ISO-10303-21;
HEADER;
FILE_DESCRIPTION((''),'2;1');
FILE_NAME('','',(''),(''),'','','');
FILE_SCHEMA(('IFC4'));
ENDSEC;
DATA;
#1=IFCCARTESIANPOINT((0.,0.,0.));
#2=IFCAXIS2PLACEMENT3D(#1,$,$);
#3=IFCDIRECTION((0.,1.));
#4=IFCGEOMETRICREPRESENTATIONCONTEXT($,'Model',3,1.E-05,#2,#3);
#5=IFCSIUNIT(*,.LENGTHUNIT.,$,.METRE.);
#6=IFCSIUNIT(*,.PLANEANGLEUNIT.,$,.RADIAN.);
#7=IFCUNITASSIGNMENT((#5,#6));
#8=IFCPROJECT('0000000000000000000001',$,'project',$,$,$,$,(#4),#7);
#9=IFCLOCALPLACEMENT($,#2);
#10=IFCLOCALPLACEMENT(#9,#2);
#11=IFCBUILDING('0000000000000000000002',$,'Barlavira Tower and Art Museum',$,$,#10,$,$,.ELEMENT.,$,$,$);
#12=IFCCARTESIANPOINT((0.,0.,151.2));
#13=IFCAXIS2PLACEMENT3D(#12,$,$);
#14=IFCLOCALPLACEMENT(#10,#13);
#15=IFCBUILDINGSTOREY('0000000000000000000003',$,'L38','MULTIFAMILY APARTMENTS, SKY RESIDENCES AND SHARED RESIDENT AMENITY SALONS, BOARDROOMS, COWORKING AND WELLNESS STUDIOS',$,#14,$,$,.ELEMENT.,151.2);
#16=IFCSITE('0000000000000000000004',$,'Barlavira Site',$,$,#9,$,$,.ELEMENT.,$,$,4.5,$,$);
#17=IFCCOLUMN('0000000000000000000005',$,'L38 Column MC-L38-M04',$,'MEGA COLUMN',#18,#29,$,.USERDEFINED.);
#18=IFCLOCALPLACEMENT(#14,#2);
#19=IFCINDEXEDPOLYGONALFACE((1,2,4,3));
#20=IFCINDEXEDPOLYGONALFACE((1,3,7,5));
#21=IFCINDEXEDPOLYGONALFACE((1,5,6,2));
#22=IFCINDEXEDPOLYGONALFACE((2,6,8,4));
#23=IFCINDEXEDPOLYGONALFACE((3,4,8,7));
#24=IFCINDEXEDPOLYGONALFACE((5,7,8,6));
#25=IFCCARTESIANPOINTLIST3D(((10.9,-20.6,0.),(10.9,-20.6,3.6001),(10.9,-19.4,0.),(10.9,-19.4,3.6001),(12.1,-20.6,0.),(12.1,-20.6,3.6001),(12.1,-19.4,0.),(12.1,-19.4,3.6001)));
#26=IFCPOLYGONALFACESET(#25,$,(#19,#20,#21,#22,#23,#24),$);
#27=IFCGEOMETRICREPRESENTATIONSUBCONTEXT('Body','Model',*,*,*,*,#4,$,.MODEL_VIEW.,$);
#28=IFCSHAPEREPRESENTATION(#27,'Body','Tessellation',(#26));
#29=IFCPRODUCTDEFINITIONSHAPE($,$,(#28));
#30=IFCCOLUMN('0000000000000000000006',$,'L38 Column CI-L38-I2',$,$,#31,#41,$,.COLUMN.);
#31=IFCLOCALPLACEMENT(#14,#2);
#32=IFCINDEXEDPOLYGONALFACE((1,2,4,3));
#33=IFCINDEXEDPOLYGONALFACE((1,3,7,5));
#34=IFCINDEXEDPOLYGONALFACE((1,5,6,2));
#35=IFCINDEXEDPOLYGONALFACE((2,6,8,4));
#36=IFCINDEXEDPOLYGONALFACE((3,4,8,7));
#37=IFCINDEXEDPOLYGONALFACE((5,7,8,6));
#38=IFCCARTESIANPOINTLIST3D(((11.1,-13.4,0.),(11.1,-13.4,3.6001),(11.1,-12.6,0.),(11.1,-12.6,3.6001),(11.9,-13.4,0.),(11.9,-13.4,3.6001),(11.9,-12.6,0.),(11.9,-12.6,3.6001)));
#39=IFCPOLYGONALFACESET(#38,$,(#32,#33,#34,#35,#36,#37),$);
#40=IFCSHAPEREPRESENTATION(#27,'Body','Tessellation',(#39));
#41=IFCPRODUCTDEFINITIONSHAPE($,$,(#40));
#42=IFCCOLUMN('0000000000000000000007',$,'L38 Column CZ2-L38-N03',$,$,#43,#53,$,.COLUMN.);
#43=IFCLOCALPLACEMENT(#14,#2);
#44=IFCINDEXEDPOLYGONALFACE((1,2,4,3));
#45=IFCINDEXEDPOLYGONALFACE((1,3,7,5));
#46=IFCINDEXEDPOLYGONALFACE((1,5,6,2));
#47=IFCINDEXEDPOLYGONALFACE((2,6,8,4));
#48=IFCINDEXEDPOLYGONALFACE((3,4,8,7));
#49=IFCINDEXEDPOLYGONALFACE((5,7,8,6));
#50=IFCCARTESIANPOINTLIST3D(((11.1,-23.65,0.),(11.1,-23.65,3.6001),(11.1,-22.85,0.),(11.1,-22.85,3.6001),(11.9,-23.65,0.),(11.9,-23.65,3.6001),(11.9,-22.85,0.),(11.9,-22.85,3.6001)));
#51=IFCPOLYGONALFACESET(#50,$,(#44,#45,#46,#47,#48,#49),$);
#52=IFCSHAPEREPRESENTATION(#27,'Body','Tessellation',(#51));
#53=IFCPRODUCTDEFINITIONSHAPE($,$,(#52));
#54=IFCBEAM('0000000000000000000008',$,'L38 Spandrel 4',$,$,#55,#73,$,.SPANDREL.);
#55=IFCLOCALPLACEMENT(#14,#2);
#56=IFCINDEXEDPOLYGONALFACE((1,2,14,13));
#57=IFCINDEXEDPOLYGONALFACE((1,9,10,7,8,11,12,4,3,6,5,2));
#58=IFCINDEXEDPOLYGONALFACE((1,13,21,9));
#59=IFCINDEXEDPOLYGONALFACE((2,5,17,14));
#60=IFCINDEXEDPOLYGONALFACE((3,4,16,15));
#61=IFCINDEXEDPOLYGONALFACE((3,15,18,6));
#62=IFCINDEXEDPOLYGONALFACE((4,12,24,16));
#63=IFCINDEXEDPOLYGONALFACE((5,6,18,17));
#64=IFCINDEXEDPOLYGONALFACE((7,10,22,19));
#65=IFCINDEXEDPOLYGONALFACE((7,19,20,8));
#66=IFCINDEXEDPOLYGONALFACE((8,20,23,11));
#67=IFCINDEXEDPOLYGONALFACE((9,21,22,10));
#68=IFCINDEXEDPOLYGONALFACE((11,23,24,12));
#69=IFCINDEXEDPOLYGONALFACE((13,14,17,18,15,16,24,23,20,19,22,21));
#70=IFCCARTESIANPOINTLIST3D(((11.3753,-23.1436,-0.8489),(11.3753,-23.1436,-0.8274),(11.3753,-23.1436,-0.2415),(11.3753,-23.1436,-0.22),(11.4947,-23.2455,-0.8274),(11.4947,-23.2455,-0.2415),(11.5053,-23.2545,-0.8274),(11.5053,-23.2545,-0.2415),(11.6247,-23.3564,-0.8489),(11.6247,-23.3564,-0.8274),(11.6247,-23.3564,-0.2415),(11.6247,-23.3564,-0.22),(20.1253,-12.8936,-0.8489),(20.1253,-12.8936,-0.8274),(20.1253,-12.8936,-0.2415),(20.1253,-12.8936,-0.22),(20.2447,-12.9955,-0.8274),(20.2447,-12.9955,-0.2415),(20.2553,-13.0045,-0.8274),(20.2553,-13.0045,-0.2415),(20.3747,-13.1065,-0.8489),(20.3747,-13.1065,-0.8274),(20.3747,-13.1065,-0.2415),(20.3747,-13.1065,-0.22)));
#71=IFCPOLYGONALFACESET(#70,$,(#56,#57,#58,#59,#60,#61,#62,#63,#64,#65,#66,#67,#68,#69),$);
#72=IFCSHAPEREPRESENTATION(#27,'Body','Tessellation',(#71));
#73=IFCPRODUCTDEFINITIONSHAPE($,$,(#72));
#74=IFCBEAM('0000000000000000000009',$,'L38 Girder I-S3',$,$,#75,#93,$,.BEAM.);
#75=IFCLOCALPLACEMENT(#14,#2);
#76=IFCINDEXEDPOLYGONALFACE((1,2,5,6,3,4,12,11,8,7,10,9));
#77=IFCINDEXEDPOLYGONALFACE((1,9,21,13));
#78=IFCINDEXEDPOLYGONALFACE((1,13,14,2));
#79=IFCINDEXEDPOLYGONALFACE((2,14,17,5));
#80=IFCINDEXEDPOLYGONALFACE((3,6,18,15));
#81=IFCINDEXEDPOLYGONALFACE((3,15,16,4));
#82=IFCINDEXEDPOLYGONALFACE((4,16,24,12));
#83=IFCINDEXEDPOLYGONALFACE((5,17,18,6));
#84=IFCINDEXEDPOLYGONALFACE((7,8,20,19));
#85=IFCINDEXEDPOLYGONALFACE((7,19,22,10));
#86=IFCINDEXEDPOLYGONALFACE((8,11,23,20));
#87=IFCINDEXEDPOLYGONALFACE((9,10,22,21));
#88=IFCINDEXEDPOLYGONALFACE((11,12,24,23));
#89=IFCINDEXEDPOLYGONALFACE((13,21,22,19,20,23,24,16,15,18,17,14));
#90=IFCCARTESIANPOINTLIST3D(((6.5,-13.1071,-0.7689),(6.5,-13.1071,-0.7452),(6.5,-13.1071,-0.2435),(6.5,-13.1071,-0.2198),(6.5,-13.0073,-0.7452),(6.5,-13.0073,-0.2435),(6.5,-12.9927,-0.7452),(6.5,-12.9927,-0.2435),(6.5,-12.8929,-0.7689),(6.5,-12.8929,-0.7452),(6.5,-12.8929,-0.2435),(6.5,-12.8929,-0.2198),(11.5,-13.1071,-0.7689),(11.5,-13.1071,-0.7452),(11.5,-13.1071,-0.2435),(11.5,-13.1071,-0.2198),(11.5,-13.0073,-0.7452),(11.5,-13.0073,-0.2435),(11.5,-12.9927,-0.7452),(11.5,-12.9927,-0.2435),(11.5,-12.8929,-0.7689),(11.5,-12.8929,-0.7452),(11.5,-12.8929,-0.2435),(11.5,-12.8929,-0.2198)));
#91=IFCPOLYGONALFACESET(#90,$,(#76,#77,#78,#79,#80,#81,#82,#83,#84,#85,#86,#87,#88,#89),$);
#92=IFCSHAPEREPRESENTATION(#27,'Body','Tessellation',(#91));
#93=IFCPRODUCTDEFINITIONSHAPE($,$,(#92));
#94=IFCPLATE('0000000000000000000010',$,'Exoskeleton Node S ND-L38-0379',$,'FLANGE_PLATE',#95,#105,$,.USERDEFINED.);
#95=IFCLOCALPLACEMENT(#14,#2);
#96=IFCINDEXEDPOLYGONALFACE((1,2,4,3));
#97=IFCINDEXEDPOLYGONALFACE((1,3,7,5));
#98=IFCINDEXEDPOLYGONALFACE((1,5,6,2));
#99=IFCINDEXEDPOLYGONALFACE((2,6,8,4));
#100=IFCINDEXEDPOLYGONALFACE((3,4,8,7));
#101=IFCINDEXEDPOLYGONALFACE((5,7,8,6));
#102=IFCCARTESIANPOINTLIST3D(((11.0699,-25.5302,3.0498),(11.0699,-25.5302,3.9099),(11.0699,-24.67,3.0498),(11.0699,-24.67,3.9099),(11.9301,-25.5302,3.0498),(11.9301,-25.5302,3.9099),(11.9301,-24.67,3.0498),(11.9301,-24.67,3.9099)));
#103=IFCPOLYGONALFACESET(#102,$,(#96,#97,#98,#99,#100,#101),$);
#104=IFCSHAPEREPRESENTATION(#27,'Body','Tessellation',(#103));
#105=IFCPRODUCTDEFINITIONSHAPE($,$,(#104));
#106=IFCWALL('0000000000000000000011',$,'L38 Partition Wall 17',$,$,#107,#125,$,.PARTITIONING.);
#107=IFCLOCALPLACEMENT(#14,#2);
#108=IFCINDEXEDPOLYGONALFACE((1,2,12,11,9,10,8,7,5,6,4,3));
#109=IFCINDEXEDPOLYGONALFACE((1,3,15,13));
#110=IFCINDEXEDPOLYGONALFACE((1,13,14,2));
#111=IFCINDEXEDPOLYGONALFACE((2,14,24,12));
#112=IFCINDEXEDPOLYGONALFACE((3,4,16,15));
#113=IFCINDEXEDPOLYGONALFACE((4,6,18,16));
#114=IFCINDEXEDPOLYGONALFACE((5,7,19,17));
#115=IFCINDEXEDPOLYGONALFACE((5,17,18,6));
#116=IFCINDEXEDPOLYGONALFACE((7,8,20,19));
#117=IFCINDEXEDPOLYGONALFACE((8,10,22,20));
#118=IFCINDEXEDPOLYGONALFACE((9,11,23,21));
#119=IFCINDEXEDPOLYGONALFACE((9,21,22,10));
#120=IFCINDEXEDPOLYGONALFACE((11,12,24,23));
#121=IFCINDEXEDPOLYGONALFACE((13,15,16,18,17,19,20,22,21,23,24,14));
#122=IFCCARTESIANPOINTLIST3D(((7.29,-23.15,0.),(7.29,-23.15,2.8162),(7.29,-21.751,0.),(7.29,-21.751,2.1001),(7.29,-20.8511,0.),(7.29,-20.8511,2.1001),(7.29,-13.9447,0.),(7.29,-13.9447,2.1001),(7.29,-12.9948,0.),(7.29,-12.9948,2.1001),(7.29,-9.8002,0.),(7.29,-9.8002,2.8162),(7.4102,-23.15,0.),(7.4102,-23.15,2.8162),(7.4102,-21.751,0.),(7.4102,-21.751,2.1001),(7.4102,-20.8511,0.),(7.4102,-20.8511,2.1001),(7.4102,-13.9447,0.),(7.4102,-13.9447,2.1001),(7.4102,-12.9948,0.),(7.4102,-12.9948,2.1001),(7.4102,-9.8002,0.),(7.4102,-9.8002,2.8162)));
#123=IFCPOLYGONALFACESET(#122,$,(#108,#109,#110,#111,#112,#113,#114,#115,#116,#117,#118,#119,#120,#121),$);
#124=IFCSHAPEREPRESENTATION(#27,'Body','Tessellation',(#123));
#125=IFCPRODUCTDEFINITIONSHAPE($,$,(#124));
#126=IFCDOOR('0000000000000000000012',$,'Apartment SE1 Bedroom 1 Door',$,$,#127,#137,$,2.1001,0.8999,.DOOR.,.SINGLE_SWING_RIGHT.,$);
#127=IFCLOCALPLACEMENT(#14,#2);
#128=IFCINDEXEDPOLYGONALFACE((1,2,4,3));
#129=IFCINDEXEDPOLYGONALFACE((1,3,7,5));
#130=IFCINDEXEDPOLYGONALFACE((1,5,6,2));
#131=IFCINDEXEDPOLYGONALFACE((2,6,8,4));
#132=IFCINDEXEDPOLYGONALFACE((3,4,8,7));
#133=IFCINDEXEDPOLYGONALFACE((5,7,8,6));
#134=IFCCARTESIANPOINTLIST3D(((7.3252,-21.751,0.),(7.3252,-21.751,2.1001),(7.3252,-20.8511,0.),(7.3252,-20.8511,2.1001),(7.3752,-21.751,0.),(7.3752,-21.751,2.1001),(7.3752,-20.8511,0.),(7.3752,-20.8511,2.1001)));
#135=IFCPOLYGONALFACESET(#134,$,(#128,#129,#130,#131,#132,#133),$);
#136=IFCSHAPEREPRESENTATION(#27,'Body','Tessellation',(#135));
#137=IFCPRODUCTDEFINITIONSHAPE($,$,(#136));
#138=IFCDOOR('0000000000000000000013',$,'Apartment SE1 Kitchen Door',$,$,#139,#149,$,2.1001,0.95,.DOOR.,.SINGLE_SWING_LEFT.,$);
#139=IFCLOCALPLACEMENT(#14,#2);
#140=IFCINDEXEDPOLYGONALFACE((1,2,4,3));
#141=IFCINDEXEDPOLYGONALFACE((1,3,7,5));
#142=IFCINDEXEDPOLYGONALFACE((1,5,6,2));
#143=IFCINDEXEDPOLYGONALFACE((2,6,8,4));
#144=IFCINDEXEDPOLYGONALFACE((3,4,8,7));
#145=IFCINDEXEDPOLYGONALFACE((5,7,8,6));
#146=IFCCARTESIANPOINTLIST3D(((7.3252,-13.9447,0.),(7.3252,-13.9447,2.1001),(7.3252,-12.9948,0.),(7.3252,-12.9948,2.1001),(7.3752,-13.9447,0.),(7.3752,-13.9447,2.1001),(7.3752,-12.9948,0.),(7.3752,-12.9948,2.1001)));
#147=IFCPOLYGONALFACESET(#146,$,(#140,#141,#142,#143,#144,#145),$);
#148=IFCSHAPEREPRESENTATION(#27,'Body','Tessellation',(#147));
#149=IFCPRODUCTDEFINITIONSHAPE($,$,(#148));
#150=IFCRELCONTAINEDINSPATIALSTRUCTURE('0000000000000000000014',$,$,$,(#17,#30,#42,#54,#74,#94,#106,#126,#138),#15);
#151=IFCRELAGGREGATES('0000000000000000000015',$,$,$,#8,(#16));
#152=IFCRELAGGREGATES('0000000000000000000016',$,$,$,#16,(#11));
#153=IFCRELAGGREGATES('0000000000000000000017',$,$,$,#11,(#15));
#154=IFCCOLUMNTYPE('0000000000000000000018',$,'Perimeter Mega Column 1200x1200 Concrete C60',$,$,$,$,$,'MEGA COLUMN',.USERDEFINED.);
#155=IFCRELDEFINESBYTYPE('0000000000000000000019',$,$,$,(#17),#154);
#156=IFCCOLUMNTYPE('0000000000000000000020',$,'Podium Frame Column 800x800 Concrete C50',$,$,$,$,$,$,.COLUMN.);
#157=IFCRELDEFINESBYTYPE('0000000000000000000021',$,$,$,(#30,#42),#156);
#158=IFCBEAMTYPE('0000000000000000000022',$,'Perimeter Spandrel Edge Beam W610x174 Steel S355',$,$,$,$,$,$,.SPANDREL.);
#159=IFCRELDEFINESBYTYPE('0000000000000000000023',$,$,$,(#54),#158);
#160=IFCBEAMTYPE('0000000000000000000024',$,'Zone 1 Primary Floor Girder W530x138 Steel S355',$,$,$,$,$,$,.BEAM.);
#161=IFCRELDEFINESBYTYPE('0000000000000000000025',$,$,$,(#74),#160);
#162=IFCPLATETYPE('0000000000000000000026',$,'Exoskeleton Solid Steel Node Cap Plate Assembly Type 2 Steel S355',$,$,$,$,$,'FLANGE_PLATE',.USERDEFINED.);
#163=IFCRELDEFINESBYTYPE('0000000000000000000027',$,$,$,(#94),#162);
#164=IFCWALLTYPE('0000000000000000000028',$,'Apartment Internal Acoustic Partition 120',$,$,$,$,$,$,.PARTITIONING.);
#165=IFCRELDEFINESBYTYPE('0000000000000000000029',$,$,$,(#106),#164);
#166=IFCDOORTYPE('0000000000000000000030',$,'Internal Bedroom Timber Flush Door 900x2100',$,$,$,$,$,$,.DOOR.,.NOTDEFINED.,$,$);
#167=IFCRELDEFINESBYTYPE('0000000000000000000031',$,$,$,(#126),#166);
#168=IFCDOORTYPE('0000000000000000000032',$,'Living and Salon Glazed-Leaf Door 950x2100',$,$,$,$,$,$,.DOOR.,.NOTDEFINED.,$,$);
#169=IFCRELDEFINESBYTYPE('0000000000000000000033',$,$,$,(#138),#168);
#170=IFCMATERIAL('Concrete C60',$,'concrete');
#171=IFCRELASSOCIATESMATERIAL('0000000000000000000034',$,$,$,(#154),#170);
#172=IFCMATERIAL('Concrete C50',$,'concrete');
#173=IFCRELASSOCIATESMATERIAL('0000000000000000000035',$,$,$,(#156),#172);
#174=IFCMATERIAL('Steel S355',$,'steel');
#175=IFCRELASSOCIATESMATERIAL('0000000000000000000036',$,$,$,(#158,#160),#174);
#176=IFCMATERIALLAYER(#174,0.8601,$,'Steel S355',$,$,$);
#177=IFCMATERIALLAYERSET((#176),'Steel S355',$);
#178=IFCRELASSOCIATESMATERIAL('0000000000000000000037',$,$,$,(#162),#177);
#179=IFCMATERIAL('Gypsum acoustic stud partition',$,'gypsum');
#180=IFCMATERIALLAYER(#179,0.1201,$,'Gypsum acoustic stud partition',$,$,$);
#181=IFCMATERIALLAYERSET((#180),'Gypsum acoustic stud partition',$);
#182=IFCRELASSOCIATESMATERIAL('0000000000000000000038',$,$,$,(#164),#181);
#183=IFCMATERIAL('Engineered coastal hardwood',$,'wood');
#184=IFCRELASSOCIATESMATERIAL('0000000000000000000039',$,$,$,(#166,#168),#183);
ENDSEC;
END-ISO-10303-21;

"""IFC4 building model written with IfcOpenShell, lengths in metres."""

from ifc_helpers import new_model, si_unit, direction, frame, frame_2d, origin, origin_2d, place, context, subcontext, project, spatial, rectangle, i_section, extrude, material, layer, layer_set, material_profile, profile_set, type_object, element, fill, save


model = new_model("IFC4")

# Units and contexts
model_context = context("Model", 3, precision=1e-05, world=origin(), true_north=direction((0.0, 1.0)))
body_context = subcontext(model_context, "Body", "Model", "MODEL_VIEW")
ifc_project = project(units=[si_unit("LENGTHUNIT", "METRE"), si_unit("PLANEANGLEUNIT", "RADIAN")], contexts=[model_context])

# Site, building, storey
site_placement = place(None, origin())
site = spatial("IfcSite", under=ifc_project, at=site_placement, Name="Barlavira Site", CompositionType="ELEMENT", RefElevation=4.5)
building_placement = place(site_placement, origin())
building = spatial("IfcBuilding", under=site, at=building_placement, Name="Barlavira Tower and Art Museum", CompositionType="ELEMENT")
storey_placement = place(building_placement, frame((0.0, 0.0, 151.2)))
storey = spatial("IfcBuildingStorey", under=building, at=storey_placement, Name="L38", Description="MULTIFAMILY APARTMENTS, SKY RESIDENCES AND SHARED RESIDENT AMENITY SALONS, BOARDROOMS, COWORKING AND WELLNESS STUDIOS", CompositionType="ELEMENT", Elevation=151.2)

# Columns
ifc_material_1 = material(Name="Concrete C60", Category="concrete")
ifc_material_profile_1 = material_profile(ifc_material_1, rectangle(XDim=1.2, YDim=1.2, at=origin_2d()), Name="RC-COL 1200x1200")
ifc_profile_set_1 = profile_set([ifc_material_profile_1], Name="Concrete C60")
column_type_1 = type_object("IfcColumnType", Name="Perimeter Mega Column 1200x1200 Concrete C60", ElementType="MEGA COLUMN", PredefinedType="USERDEFINED", material=ifc_profile_set_1)
column_placement = place(storey_placement, frame((11.5, -20.0, 0.0), z_axis=(0.0, 0.0, 1.0), x_axis=(1.0, 0.0, 0.0)))
element("IfcColumn", 1, at=column_placement, inside=storey, type_object=column_type_1, Name="L38 Column MC-L38-M04", ObjectType="MEGA COLUMN", PredefinedType="USERDEFINED", context=body_context, shape_type="SweptSolid", body=[
    extrude(rectangle(XDim=1.2, YDim=1.2, at=origin_2d()), origin(), (0.0, 0.0, 1.0), 3.6001),
])
ifc_material_2 = material(Name="Concrete C50", Category="concrete")
ifc_material_profile_2 = material_profile(ifc_material_2, rectangle(XDim=0.8, YDim=0.8, at=origin_2d()), Name="RC-COL 800x800")
ifc_profile_set_2 = profile_set([ifc_material_profile_2], Name="Concrete C50")
column_type_2 = type_object("IfcColumnType", Name="Podium Frame Column 800x800 Concrete C50", PredefinedType="COLUMN", material=ifc_profile_set_2)
for number, where, z_axis, x_axis, name in (
    (2, (11.5, -13.0, 0.0), (0.0, 0.0, 1.0), (1.0, 0.0, 0.0), "L38 Column CI-L38-I2"),
    (3, (11.5, -23.25, 0.0), (0.0, 0.0, 1.0), (1.0, 0.0, 0.0), "L38 Column CZ2-L38-N03"),
):
    element("IfcColumn", number, at=place(storey_placement, frame(where, z_axis=z_axis, x_axis=x_axis)), inside=storey, type_object=column_type_2, Name=name, PredefinedType="COLUMN", context=body_context, shape_type="SweptSolid", body=[
        extrude(rectangle(XDim=0.8, YDim=0.8, at=origin_2d()), origin(), (0.0, 0.0, 1.0), 3.6001),
    ])

# Beams
ifc_material_3 = material(Name="Steel S355", Category="steel")
ifc_material_profile_3 = material_profile(ifc_material_3, i_section(OverallWidth=0.3279, OverallDepth=0.6289, WebThickness=0.0139, FlangeThickness=0.0215, at=origin_2d()), Name="W610x174.0")
ifc_profile_set_3 = profile_set([ifc_material_profile_3], Name="Steel S355")
beam_type_1 = type_object("IfcBeamType", Name="Perimeter Spandrel Edge Beam W610x174 Steel S355", PredefinedType="SPANDREL", material=ifc_profile_set_3)
beam_1_placement = place(storey_placement, frame((11.5, -23.25, -0.5344), z_axis=(0.649262, 0.760565, 0.0), x_axis=(-0.760565, 0.649262, 0.0)))
element("IfcBeam", 4, at=beam_1_placement, inside=storey, type_object=beam_type_1, Name="L38 Spandrel 4", PredefinedType="SPANDREL", context=body_context, shape_type="SweptSolid", body=[
    extrude(i_section(OverallWidth=0.3279, OverallDepth=0.6289, WebThickness=0.0139, FlangeThickness=0.0215, at=origin_2d()), origin(), (0.0, 0.0, 1.0), 13.4768),
])
ifc_material_profile_4 = material_profile(ifc_material_3, i_section(OverallWidth=0.2141, OverallDepth=0.5491, WebThickness=0.0146, FlangeThickness=0.0237, at=origin_2d()), Name="W530x138.0")
ifc_profile_set_4 = profile_set([ifc_material_profile_4], Name="Steel S355")
beam_type_2 = type_object("IfcBeamType", Name="Zone 1 Primary Floor Girder W530x138 Steel S355", PredefinedType="BEAM", material=ifc_profile_set_4)
beam_2_placement = place(storey_placement, frame((6.5, -13.0, -0.4944), z_axis=(1.0, 0.0, 0.0), x_axis=(0.0, 1.0, 0.0)))
element("IfcBeam", 5, at=beam_2_placement, inside=storey, type_object=beam_type_2, Name="L38 Girder I-S3", PredefinedType="BEAM", context=body_context, shape_type="SweptSolid", body=[
    extrude(i_section(OverallWidth=0.2141, OverallDepth=0.5491, WebThickness=0.0146, FlangeThickness=0.0237, at=origin_2d()), origin(), (0.0, 0.0, 1.0), 5.0),
])

# Plate
ifc_layer_1 = layer(ifc_material_3, 0.8601, Name="Steel S355")
ifc_layer_set_1 = layer_set([ifc_layer_1], Name="Steel S355")
plate_type = type_object("IfcPlateType", Name="Exoskeleton Solid Steel Node Cap Plate Assembly Type 2 Steel S355", ElementType="FLANGE_PLATE", PredefinedType="USERDEFINED", material=ifc_layer_set_1)
plate_placement = place(storey_placement, frame((11.5, -25.1001, 3.0498), z_axis=(0.0, 0.0, 1.0), x_axis=(1.0, 0.0, 0.0)))
element("IfcPlate", 6, at=plate_placement, inside=storey, type_object=plate_type, Name="Exoskeleton Node S ND-L38-0379", ObjectType="FLANGE_PLATE", PredefinedType="USERDEFINED", context=body_context, shape_type="SweptSolid", body=[
    extrude(rectangle(XDim=0.8601, YDim=0.8601, at=origin_2d()), origin(), (0.0, 0.0, 1.0), 0.8601),
])

# Wall, openings, doors
ifc_material_4 = material(Name="Gypsum acoustic stud partition", Category="gypsum")
ifc_layer_2 = layer(ifc_material_4, 0.1201, Name="Gypsum acoustic stud partition")
ifc_layer_set_2 = layer_set([ifc_layer_2], Name="Gypsum acoustic stud partition")
wall_type_1 = type_object("IfcWallType", Name="Apartment Internal Acoustic Partition 120", PredefinedType="PARTITIONING", material=ifc_layer_set_2)
wall_1_placement = place(storey_placement, frame((7.3501, -23.1499, 0.0), z_axis=(0.0, 0.0, 1.0), x_axis=(0.0, 1.0, 0.0)))
wall_1 = element("IfcWall", 7, at=wall_1_placement, inside=storey, type_object=wall_type_1, Name="L38 Partition Wall 17", PredefinedType="PARTITIONING", context=body_context, shape_type="SweptSolid", body=[
    extrude(rectangle(XDim=13.3499, YDim=0.1201, at=frame_2d((6.6748, 0.0))), origin(), (0.0, 0.0, 1.0), 2.8162),
])
opening_1_placement = place(wall_1_placement, frame((9.2051, 0.0, 0.0)))
opening_1 = element("IfcOpeningElement", 8, at=opening_1_placement, cuts=wall_1, PredefinedType="OPENING", context=body_context, shape_type="SweptSolid", body=[
    extrude(rectangle(XDim=0.95, YDim=2.1001, at=frame_2d((0.4751, 1.05))), frame((0.0, 0.0701, 0.0), z_axis=(0.0, -1.0, 0.0), x_axis=(1.0, 0.0, 0.0)), (0.0, 0.0, 1.0), 0.1401),
])
opening_2_placement = place(wall_1_placement, frame((1.3989, 0.0, 0.0)))
opening_2 = element("IfcOpeningElement", 9, at=opening_2_placement, cuts=wall_1, PredefinedType="OPENING", context=body_context, shape_type="SweptSolid", body=[
    extrude(rectangle(XDim=0.8999, YDim=2.1001, at=frame_2d((0.45, 1.05))), frame((0.0, 0.0701, 0.0), z_axis=(0.0, -1.0, 0.0), x_axis=(1.0, 0.0, 0.0)), (0.0, 0.0, 1.0), 0.1401),
])
ifc_material_5 = material(Name="Engineered coastal hardwood", Category="wood")
door_type_1 = type_object("IfcDoorType", Name="Internal Bedroom Timber Flush Door 900x2100", OperationType="NOTDEFINED", PredefinedType="DOOR", material=ifc_material_5)
door_1_placement = place(opening_2_placement, origin())
door_1 = element("IfcDoor", 10, at=door_1_placement, inside=storey, type_object=door_type_1, Name="Apartment SE1 Bedroom 1 Door", OperationType="SINGLE_SWING_RIGHT", OverallHeight=2.1001, OverallWidth=0.8999, PredefinedType="DOOR", context=body_context, shape_type="SweptSolid", body=[
    extrude(rectangle(XDim=0.8999, YDim=2.1001, at=frame_2d((0.45, 1.05))), frame((0.0, 0.0249, 0.0), z_axis=(0.0, -1.0, 0.0), x_axis=(1.0, 0.0, 0.0)), (0.0, 0.0, 1.0), 0.05),
])
fill(opening_2, door_1)
door_type_2 = type_object("IfcDoorType", Name="Living and Salon Glazed-Leaf Door 950x2100", OperationType="NOTDEFINED", PredefinedType="DOOR", material=ifc_material_5)
door_2_placement = place(opening_1_placement, origin())
door_2 = element("IfcDoor", 11, at=door_2_placement, inside=storey, type_object=door_type_2, Name="Apartment SE1 Kitchen Door", OperationType="SINGLE_SWING_LEFT", OverallHeight=2.1001, OverallWidth=0.95, PredefinedType="DOOR", context=body_context, shape_type="SweptSolid", body=[
    extrude(rectangle(XDim=0.95, YDim=2.1001, at=frame_2d((0.4751, 1.05))), frame((0.0, 0.0249, 0.0), z_axis=(0.0, -1.0, 0.0), x_axis=(1.0, 0.0, 0.0)), (0.0, 0.0, 1.0), 0.05),
])
fill(opening_1, door_2)

save(model, "model.ifc")
